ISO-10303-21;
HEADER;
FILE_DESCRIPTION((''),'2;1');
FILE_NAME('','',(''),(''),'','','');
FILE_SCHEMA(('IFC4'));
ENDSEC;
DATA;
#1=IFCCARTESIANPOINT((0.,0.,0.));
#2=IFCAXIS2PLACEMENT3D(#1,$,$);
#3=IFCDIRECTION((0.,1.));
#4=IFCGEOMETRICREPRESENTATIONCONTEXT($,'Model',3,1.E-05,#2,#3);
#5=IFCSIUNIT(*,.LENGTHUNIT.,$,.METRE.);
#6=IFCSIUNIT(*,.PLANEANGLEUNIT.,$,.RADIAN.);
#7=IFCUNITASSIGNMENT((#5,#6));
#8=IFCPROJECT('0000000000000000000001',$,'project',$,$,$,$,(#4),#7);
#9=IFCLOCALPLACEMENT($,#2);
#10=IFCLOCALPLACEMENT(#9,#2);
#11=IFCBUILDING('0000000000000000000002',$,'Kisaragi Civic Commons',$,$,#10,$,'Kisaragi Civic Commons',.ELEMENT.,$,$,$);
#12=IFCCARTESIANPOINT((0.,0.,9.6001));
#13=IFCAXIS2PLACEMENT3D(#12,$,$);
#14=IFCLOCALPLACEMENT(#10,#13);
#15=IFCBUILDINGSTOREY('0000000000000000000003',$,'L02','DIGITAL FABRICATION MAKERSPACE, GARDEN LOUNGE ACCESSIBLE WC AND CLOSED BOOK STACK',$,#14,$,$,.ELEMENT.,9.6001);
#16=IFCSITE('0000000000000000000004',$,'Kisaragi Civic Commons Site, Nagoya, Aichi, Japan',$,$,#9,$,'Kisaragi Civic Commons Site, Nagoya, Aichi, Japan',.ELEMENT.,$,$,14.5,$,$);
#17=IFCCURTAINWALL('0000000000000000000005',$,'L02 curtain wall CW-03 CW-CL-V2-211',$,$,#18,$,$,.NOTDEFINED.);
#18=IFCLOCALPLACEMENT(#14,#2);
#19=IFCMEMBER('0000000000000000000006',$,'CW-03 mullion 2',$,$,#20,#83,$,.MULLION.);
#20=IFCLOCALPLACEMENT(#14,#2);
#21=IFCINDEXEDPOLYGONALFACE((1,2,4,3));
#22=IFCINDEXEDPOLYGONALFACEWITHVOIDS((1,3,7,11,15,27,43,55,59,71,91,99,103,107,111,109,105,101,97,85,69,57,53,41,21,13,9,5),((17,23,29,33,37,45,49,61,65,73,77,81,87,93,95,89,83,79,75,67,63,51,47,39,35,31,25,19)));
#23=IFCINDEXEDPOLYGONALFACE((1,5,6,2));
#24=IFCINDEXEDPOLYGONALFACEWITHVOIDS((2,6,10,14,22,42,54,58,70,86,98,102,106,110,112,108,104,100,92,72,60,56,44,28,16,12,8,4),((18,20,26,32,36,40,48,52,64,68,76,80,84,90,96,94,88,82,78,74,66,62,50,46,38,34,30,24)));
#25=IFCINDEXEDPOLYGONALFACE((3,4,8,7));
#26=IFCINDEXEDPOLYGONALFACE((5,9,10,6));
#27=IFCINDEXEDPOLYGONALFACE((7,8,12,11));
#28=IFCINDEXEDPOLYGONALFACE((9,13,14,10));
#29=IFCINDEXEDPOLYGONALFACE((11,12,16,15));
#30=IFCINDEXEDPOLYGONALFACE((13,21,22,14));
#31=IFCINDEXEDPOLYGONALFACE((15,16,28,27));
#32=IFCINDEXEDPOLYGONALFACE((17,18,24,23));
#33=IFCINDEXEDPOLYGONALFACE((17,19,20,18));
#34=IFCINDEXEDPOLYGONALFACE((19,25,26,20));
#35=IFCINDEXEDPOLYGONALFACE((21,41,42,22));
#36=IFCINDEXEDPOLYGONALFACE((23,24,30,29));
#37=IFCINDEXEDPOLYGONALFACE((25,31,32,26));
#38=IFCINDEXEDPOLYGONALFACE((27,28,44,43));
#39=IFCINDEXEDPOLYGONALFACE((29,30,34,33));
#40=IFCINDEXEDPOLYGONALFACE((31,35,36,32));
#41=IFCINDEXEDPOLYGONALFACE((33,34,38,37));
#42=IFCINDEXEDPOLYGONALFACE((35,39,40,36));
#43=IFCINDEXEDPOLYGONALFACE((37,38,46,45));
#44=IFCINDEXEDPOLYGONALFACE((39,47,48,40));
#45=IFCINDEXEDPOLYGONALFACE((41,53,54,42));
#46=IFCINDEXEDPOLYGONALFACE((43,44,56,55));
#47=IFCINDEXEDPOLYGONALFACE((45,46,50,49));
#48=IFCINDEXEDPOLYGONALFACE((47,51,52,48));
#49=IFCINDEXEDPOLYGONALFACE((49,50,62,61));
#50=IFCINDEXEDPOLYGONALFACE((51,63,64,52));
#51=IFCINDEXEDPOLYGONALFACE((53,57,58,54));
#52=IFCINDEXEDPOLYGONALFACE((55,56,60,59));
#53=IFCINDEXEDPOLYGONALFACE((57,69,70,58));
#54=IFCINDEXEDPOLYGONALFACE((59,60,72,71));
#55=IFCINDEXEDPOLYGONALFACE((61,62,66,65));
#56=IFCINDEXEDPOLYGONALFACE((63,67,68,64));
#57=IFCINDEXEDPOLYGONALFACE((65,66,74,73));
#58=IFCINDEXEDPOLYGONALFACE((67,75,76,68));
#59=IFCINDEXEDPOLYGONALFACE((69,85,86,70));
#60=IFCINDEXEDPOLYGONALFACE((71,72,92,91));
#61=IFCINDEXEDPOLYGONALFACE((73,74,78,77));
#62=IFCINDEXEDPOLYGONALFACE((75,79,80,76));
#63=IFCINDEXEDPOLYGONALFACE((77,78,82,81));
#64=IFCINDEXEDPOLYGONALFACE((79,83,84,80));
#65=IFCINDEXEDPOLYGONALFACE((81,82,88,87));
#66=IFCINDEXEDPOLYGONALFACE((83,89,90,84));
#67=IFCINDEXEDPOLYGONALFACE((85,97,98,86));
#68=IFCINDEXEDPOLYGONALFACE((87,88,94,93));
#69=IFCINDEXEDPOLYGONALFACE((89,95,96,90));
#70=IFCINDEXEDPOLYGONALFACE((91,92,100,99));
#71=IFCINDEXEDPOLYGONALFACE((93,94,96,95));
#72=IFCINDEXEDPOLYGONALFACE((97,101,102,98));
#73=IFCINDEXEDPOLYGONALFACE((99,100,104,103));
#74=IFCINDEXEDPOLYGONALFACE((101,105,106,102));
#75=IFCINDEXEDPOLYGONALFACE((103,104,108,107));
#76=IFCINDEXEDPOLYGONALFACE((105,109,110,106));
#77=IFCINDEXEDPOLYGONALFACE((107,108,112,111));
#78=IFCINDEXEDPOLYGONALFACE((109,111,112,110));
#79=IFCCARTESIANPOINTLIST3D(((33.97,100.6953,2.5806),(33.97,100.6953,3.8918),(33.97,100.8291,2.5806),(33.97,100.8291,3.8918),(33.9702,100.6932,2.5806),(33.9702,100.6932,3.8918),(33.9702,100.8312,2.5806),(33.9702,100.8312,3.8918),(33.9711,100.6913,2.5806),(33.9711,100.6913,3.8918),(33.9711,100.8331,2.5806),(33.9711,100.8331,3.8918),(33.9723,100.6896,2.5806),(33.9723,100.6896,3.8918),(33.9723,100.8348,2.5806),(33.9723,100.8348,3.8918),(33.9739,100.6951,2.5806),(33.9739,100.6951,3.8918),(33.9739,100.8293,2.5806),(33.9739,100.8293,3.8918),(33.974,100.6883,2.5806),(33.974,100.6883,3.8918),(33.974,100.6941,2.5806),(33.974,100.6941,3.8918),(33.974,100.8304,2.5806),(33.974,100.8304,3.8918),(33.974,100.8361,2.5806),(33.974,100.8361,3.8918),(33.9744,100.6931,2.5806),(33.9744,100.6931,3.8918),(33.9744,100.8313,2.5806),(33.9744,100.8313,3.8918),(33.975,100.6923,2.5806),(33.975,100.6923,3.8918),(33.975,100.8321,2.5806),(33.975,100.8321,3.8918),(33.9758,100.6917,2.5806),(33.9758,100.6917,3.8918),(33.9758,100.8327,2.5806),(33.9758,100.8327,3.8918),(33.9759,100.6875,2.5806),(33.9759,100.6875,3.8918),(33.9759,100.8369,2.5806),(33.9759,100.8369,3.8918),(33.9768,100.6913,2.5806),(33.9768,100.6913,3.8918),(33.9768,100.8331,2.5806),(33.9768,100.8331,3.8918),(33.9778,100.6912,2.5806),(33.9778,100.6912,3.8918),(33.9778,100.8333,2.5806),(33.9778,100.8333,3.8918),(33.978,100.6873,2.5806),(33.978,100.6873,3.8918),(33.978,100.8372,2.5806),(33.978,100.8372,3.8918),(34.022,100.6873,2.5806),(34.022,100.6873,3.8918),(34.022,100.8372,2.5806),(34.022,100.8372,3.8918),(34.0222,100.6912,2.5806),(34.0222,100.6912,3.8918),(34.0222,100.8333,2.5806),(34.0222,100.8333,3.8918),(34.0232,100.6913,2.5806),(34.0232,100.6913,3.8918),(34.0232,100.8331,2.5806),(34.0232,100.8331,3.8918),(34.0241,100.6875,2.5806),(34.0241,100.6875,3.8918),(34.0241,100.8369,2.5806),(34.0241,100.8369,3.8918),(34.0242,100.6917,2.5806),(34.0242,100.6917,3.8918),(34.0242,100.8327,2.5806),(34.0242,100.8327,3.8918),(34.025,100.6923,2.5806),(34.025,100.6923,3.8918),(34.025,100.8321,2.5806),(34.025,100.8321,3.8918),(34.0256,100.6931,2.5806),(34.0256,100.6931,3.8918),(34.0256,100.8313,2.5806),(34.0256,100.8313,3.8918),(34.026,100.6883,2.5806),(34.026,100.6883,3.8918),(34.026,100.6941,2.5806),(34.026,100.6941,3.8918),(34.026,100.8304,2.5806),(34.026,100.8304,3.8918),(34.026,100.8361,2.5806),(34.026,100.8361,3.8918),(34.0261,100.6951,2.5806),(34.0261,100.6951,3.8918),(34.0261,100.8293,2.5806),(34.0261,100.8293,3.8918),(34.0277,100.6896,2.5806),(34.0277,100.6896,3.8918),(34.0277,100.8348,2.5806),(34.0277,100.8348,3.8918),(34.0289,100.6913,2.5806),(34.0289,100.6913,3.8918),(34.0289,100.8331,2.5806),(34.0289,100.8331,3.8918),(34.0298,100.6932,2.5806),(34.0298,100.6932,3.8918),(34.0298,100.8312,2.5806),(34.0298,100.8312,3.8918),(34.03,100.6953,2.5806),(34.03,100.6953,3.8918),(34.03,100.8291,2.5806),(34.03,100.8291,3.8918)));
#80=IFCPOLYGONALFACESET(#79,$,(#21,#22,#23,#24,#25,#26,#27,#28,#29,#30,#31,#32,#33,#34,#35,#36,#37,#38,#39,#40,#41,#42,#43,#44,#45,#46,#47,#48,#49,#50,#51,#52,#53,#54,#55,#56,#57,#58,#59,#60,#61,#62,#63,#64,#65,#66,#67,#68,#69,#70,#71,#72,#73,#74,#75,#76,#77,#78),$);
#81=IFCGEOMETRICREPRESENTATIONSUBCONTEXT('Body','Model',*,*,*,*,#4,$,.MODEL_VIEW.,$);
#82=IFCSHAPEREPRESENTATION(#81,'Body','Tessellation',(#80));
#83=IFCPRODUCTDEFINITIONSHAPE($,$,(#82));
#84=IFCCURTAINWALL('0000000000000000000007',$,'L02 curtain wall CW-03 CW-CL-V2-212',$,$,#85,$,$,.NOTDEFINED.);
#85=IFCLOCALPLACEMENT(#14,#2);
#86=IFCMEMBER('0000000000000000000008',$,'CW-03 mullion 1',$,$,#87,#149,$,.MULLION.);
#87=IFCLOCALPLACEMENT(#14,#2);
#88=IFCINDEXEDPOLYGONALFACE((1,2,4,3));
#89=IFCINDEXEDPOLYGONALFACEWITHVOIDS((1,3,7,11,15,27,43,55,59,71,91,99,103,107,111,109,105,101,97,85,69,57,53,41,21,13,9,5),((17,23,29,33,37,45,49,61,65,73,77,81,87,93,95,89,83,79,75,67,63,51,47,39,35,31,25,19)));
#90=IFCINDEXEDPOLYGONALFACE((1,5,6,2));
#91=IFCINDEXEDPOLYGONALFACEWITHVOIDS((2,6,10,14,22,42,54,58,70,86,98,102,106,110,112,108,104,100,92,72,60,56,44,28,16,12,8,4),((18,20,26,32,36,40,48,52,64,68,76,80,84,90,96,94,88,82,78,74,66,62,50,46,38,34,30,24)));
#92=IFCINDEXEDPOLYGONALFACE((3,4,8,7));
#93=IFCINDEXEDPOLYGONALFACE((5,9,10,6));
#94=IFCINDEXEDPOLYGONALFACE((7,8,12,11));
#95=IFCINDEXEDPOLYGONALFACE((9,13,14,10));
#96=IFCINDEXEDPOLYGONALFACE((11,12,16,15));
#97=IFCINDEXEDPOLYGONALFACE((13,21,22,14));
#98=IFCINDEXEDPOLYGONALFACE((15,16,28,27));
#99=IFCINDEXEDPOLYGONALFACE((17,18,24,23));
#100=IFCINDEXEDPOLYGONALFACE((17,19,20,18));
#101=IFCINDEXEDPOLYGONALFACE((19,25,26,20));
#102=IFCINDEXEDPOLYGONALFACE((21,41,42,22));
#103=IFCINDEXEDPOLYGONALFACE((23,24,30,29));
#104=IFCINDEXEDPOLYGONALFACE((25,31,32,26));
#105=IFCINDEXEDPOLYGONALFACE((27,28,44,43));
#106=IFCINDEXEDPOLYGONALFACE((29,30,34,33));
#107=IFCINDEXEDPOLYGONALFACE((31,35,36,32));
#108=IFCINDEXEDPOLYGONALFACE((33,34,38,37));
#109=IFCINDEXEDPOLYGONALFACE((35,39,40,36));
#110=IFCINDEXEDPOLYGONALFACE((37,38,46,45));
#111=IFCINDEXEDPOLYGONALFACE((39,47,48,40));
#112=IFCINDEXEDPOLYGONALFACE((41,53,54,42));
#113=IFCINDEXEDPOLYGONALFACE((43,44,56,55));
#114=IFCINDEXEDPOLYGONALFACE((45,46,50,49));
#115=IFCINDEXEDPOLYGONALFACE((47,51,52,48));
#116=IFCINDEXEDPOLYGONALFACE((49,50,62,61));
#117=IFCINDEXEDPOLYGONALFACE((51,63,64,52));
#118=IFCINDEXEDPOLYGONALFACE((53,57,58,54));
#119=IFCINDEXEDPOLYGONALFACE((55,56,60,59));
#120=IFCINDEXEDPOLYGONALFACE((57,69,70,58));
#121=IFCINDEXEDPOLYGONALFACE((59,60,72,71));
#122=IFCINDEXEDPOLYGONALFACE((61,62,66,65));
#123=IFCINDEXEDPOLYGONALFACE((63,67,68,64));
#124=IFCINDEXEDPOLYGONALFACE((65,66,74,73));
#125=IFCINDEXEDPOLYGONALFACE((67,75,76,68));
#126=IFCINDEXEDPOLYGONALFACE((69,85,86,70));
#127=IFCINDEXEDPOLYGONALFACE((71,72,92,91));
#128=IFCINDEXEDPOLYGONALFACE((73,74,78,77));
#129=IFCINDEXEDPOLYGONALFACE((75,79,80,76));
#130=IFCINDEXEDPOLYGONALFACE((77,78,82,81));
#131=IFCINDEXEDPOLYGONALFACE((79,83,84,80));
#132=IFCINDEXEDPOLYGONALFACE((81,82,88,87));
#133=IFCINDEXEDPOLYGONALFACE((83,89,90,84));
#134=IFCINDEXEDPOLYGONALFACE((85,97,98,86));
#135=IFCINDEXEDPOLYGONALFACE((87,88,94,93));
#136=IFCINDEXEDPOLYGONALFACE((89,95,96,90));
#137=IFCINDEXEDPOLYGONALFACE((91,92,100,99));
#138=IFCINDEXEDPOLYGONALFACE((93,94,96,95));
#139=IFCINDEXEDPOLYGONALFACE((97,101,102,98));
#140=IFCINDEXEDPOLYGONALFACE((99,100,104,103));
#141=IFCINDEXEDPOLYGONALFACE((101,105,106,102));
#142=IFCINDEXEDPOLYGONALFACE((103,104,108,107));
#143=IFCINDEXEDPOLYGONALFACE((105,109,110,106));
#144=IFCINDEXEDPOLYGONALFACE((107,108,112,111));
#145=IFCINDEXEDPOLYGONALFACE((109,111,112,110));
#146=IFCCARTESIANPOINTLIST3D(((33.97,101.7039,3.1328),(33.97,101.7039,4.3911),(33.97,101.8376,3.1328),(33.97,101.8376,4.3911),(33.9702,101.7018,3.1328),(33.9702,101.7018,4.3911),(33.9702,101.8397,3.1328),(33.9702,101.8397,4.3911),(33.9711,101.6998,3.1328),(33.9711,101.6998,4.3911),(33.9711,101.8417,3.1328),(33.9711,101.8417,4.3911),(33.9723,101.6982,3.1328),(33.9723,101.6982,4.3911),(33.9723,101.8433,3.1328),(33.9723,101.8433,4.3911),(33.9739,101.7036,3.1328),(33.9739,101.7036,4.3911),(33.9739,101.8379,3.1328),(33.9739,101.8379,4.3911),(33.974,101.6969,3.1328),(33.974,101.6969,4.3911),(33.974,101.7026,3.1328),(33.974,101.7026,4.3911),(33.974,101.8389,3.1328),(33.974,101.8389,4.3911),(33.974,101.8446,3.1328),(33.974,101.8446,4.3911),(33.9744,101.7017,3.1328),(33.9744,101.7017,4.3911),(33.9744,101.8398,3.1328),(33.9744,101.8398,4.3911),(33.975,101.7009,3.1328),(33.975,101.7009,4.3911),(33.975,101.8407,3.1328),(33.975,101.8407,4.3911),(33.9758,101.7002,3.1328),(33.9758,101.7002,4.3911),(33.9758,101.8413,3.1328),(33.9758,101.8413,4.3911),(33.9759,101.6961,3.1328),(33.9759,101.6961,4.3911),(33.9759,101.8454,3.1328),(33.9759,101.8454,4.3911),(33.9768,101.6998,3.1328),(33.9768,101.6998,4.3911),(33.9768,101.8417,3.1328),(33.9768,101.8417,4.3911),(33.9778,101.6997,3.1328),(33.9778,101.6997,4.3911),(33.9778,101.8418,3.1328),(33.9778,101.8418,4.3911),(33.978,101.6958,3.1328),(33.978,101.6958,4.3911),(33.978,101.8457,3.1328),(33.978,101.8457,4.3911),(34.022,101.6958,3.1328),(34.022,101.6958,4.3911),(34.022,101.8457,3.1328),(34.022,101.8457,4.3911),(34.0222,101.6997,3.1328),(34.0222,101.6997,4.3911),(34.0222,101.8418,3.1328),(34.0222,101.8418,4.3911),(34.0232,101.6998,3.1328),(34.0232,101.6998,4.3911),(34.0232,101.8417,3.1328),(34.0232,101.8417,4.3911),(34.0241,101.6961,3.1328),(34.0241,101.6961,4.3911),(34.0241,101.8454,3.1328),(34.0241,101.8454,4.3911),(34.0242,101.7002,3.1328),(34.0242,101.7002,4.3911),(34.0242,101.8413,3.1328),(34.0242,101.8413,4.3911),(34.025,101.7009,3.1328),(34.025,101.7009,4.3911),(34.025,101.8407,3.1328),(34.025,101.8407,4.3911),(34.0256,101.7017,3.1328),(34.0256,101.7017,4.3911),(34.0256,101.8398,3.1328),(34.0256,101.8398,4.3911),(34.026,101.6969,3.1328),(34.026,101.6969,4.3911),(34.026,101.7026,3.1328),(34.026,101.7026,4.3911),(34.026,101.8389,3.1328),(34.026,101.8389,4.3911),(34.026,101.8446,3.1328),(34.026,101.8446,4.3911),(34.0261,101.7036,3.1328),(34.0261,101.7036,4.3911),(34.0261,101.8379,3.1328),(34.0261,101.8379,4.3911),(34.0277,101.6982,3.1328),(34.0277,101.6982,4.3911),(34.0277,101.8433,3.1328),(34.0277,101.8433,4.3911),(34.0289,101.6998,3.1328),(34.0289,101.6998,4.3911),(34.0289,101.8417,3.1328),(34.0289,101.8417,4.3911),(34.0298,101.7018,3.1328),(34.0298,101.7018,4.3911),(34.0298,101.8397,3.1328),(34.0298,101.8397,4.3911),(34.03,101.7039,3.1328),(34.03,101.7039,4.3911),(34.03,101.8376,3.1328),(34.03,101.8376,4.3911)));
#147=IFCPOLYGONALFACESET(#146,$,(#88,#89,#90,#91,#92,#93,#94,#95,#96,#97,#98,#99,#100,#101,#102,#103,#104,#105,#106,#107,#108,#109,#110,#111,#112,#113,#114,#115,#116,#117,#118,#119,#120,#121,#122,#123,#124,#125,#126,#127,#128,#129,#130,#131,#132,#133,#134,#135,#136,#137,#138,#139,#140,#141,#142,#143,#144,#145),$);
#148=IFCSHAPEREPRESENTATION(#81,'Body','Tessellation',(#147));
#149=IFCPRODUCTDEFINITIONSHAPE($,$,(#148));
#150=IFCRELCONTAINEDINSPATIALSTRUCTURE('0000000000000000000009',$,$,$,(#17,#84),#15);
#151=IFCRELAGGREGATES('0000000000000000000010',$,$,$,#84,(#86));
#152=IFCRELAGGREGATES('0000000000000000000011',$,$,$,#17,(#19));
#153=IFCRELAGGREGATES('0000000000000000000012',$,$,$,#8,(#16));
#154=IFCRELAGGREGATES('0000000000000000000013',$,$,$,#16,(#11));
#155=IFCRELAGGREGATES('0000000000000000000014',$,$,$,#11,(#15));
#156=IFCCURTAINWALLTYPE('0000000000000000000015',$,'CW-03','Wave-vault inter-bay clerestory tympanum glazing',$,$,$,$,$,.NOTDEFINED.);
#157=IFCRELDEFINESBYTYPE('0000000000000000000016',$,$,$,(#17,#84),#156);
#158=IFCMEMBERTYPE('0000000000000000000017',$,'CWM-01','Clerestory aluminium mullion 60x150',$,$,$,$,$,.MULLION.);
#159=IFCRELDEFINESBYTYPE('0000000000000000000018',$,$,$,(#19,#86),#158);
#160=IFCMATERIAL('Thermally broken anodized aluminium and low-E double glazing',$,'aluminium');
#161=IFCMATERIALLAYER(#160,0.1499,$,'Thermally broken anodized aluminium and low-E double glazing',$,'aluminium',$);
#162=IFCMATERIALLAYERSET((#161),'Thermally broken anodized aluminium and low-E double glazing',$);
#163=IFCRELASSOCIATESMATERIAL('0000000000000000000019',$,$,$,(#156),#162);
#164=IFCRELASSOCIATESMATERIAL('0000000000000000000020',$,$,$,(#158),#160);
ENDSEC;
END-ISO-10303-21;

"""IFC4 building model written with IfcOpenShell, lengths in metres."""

from ifc_helpers import new_model, si_unit, direction, frame, origin, origin_2d, place, context, subcontext, project, spatial, hollow_rectangle, extrude, material, layer, layer_set, material_profile, profile_set, type_object, element, aggregate, save


model = new_model("IFC4")

# Units and contexts
model_context = context("Model", 3, precision=1e-05, world=origin(), true_north=direction((0.0, 1.0)))
body_context = subcontext(model_context, "Body", "Model", "MODEL_VIEW")
ifc_project = project(units=[si_unit("LENGTHUNIT", "METRE"), si_unit("PLANEANGLEUNIT", "RADIAN")], contexts=[model_context])

# Site, building, storey
site_placement = place(None, origin())
site = spatial("IfcSite", under=ifc_project, at=site_placement, Name="Kisaragi Civic Commons Site, Nagoya, Aichi, Japan", LongName="Kisaragi Civic Commons Site, Nagoya, Aichi, Japan", CompositionType="ELEMENT", RefElevation=14.5)
building_placement = place(site_placement, origin())
building = spatial("IfcBuilding", under=site, at=building_placement, Name="Kisaragi Civic Commons", LongName="Kisaragi Civic Commons", CompositionType="ELEMENT")
storey_placement = place(building_placement, frame((0.0, 0.0, 9.6001)))
storey = spatial("IfcBuildingStorey", under=building, at=storey_placement, Name="L02", Description="DIGITAL FABRICATION MAKERSPACE, GARDEN LOUNGE ACCESSIBLE WC AND CLOSED BOOK STACK", CompositionType="ELEMENT", Elevation=9.6001)

# Curtain wall, member
ifc_material_1 = material(Name="Thermally broken anodized aluminium and low-E double glazing", Category="aluminium")
ifc_layer_1 = layer(ifc_material_1, 0.1499, Name="Thermally broken anodized aluminium and low-E double glazing", Category="aluminium")
ifc_layer_set_1 = layer_set([ifc_layer_1], Name="Thermally broken anodized aluminium and low-E double glazing")
curtain_wall_type = type_object("IfcCurtainWallType", Name="CW-03", Description="Wave-vault inter-bay clerestory tympanum glazing", PredefinedType="NOTDEFINED", material=ifc_layer_set_1)
curtain_wall_1_placement = place(storey_placement, origin())
curtain_wall_1 = element("IfcCurtainWall", 1, at=curtain_wall_1_placement, inside=storey, type_object=curtain_wall_type, Name="L02 curtain wall CW-03 CW-CL-V2-211", PredefinedType="NOTDEFINED")
ifc_material_profile_1 = material_profile(ifc_material_1, hollow_rectangle(XDim=0.0601, YDim=0.1499, WallThickness=0.0039, InnerFilletRadius=0.0039, OuterFilletRadius=0.0081, at=origin_2d()), Name="CWM-60x150x4", Category="aluminium")
ifc_profile_set_1 = profile_set([ifc_material_profile_1], Name="Thermally broken anodized aluminium and low-E double glazing")
member_type_1 = type_object("IfcMemberType", Name="CWM-01", Description="Clerestory aluminium mullion 60x150", PredefinedType="MULLION", material=ifc_profile_set_1)
member_1_placement = place(storey_placement, frame((34.0, 100.7622, 2.5806), z_axis=(0.0, 0.0, 1.0), x_axis=(-1.0, 0.0, 0.0)))
member_1 = element("IfcMember", 2, at=member_1_placement, type_object=member_type_1, Name="CW-03 mullion 2", PredefinedType="MULLION", context=body_context, shape_type="SweptSolid", body=[
    extrude(hollow_rectangle(XDim=0.0601, YDim=0.1499, WallThickness=0.0039, InnerFilletRadius=0.0039, OuterFilletRadius=0.0081, at=origin_2d()), origin(), (0.0, 0.0, 1.0), 1.3113),
])

# Curtain wall, member
curtain_wall_2_placement = place(storey_placement, origin())
curtain_wall_2 = element("IfcCurtainWall", 3, at=curtain_wall_2_placement, inside=storey, type_object=curtain_wall_type, Name="L02 curtain wall CW-03 CW-CL-V2-212", PredefinedType="NOTDEFINED")
member_2_placement = place(storey_placement, frame((34.0, 101.7708, 3.1328), z_axis=(0.0, 0.0, 1.0), x_axis=(-1.0, 0.0, 0.0)))
member_2 = element("IfcMember", 4, at=member_2_placement, type_object=member_type_1, Name="CW-03 mullion 1", PredefinedType="MULLION", context=body_context, shape_type="SweptSolid", body=[
    extrude(hollow_rectangle(XDim=0.0601, YDim=0.1499, WallThickness=0.0039, InnerFilletRadius=0.0039, OuterFilletRadius=0.0081, at=origin_2d()), origin(), (0.0, 0.0, 1.0), 1.2583),
])

aggregate(curtain_wall_2, [member_2])
aggregate(curtain_wall_1, [member_1])

save(model, "model.ifc")
